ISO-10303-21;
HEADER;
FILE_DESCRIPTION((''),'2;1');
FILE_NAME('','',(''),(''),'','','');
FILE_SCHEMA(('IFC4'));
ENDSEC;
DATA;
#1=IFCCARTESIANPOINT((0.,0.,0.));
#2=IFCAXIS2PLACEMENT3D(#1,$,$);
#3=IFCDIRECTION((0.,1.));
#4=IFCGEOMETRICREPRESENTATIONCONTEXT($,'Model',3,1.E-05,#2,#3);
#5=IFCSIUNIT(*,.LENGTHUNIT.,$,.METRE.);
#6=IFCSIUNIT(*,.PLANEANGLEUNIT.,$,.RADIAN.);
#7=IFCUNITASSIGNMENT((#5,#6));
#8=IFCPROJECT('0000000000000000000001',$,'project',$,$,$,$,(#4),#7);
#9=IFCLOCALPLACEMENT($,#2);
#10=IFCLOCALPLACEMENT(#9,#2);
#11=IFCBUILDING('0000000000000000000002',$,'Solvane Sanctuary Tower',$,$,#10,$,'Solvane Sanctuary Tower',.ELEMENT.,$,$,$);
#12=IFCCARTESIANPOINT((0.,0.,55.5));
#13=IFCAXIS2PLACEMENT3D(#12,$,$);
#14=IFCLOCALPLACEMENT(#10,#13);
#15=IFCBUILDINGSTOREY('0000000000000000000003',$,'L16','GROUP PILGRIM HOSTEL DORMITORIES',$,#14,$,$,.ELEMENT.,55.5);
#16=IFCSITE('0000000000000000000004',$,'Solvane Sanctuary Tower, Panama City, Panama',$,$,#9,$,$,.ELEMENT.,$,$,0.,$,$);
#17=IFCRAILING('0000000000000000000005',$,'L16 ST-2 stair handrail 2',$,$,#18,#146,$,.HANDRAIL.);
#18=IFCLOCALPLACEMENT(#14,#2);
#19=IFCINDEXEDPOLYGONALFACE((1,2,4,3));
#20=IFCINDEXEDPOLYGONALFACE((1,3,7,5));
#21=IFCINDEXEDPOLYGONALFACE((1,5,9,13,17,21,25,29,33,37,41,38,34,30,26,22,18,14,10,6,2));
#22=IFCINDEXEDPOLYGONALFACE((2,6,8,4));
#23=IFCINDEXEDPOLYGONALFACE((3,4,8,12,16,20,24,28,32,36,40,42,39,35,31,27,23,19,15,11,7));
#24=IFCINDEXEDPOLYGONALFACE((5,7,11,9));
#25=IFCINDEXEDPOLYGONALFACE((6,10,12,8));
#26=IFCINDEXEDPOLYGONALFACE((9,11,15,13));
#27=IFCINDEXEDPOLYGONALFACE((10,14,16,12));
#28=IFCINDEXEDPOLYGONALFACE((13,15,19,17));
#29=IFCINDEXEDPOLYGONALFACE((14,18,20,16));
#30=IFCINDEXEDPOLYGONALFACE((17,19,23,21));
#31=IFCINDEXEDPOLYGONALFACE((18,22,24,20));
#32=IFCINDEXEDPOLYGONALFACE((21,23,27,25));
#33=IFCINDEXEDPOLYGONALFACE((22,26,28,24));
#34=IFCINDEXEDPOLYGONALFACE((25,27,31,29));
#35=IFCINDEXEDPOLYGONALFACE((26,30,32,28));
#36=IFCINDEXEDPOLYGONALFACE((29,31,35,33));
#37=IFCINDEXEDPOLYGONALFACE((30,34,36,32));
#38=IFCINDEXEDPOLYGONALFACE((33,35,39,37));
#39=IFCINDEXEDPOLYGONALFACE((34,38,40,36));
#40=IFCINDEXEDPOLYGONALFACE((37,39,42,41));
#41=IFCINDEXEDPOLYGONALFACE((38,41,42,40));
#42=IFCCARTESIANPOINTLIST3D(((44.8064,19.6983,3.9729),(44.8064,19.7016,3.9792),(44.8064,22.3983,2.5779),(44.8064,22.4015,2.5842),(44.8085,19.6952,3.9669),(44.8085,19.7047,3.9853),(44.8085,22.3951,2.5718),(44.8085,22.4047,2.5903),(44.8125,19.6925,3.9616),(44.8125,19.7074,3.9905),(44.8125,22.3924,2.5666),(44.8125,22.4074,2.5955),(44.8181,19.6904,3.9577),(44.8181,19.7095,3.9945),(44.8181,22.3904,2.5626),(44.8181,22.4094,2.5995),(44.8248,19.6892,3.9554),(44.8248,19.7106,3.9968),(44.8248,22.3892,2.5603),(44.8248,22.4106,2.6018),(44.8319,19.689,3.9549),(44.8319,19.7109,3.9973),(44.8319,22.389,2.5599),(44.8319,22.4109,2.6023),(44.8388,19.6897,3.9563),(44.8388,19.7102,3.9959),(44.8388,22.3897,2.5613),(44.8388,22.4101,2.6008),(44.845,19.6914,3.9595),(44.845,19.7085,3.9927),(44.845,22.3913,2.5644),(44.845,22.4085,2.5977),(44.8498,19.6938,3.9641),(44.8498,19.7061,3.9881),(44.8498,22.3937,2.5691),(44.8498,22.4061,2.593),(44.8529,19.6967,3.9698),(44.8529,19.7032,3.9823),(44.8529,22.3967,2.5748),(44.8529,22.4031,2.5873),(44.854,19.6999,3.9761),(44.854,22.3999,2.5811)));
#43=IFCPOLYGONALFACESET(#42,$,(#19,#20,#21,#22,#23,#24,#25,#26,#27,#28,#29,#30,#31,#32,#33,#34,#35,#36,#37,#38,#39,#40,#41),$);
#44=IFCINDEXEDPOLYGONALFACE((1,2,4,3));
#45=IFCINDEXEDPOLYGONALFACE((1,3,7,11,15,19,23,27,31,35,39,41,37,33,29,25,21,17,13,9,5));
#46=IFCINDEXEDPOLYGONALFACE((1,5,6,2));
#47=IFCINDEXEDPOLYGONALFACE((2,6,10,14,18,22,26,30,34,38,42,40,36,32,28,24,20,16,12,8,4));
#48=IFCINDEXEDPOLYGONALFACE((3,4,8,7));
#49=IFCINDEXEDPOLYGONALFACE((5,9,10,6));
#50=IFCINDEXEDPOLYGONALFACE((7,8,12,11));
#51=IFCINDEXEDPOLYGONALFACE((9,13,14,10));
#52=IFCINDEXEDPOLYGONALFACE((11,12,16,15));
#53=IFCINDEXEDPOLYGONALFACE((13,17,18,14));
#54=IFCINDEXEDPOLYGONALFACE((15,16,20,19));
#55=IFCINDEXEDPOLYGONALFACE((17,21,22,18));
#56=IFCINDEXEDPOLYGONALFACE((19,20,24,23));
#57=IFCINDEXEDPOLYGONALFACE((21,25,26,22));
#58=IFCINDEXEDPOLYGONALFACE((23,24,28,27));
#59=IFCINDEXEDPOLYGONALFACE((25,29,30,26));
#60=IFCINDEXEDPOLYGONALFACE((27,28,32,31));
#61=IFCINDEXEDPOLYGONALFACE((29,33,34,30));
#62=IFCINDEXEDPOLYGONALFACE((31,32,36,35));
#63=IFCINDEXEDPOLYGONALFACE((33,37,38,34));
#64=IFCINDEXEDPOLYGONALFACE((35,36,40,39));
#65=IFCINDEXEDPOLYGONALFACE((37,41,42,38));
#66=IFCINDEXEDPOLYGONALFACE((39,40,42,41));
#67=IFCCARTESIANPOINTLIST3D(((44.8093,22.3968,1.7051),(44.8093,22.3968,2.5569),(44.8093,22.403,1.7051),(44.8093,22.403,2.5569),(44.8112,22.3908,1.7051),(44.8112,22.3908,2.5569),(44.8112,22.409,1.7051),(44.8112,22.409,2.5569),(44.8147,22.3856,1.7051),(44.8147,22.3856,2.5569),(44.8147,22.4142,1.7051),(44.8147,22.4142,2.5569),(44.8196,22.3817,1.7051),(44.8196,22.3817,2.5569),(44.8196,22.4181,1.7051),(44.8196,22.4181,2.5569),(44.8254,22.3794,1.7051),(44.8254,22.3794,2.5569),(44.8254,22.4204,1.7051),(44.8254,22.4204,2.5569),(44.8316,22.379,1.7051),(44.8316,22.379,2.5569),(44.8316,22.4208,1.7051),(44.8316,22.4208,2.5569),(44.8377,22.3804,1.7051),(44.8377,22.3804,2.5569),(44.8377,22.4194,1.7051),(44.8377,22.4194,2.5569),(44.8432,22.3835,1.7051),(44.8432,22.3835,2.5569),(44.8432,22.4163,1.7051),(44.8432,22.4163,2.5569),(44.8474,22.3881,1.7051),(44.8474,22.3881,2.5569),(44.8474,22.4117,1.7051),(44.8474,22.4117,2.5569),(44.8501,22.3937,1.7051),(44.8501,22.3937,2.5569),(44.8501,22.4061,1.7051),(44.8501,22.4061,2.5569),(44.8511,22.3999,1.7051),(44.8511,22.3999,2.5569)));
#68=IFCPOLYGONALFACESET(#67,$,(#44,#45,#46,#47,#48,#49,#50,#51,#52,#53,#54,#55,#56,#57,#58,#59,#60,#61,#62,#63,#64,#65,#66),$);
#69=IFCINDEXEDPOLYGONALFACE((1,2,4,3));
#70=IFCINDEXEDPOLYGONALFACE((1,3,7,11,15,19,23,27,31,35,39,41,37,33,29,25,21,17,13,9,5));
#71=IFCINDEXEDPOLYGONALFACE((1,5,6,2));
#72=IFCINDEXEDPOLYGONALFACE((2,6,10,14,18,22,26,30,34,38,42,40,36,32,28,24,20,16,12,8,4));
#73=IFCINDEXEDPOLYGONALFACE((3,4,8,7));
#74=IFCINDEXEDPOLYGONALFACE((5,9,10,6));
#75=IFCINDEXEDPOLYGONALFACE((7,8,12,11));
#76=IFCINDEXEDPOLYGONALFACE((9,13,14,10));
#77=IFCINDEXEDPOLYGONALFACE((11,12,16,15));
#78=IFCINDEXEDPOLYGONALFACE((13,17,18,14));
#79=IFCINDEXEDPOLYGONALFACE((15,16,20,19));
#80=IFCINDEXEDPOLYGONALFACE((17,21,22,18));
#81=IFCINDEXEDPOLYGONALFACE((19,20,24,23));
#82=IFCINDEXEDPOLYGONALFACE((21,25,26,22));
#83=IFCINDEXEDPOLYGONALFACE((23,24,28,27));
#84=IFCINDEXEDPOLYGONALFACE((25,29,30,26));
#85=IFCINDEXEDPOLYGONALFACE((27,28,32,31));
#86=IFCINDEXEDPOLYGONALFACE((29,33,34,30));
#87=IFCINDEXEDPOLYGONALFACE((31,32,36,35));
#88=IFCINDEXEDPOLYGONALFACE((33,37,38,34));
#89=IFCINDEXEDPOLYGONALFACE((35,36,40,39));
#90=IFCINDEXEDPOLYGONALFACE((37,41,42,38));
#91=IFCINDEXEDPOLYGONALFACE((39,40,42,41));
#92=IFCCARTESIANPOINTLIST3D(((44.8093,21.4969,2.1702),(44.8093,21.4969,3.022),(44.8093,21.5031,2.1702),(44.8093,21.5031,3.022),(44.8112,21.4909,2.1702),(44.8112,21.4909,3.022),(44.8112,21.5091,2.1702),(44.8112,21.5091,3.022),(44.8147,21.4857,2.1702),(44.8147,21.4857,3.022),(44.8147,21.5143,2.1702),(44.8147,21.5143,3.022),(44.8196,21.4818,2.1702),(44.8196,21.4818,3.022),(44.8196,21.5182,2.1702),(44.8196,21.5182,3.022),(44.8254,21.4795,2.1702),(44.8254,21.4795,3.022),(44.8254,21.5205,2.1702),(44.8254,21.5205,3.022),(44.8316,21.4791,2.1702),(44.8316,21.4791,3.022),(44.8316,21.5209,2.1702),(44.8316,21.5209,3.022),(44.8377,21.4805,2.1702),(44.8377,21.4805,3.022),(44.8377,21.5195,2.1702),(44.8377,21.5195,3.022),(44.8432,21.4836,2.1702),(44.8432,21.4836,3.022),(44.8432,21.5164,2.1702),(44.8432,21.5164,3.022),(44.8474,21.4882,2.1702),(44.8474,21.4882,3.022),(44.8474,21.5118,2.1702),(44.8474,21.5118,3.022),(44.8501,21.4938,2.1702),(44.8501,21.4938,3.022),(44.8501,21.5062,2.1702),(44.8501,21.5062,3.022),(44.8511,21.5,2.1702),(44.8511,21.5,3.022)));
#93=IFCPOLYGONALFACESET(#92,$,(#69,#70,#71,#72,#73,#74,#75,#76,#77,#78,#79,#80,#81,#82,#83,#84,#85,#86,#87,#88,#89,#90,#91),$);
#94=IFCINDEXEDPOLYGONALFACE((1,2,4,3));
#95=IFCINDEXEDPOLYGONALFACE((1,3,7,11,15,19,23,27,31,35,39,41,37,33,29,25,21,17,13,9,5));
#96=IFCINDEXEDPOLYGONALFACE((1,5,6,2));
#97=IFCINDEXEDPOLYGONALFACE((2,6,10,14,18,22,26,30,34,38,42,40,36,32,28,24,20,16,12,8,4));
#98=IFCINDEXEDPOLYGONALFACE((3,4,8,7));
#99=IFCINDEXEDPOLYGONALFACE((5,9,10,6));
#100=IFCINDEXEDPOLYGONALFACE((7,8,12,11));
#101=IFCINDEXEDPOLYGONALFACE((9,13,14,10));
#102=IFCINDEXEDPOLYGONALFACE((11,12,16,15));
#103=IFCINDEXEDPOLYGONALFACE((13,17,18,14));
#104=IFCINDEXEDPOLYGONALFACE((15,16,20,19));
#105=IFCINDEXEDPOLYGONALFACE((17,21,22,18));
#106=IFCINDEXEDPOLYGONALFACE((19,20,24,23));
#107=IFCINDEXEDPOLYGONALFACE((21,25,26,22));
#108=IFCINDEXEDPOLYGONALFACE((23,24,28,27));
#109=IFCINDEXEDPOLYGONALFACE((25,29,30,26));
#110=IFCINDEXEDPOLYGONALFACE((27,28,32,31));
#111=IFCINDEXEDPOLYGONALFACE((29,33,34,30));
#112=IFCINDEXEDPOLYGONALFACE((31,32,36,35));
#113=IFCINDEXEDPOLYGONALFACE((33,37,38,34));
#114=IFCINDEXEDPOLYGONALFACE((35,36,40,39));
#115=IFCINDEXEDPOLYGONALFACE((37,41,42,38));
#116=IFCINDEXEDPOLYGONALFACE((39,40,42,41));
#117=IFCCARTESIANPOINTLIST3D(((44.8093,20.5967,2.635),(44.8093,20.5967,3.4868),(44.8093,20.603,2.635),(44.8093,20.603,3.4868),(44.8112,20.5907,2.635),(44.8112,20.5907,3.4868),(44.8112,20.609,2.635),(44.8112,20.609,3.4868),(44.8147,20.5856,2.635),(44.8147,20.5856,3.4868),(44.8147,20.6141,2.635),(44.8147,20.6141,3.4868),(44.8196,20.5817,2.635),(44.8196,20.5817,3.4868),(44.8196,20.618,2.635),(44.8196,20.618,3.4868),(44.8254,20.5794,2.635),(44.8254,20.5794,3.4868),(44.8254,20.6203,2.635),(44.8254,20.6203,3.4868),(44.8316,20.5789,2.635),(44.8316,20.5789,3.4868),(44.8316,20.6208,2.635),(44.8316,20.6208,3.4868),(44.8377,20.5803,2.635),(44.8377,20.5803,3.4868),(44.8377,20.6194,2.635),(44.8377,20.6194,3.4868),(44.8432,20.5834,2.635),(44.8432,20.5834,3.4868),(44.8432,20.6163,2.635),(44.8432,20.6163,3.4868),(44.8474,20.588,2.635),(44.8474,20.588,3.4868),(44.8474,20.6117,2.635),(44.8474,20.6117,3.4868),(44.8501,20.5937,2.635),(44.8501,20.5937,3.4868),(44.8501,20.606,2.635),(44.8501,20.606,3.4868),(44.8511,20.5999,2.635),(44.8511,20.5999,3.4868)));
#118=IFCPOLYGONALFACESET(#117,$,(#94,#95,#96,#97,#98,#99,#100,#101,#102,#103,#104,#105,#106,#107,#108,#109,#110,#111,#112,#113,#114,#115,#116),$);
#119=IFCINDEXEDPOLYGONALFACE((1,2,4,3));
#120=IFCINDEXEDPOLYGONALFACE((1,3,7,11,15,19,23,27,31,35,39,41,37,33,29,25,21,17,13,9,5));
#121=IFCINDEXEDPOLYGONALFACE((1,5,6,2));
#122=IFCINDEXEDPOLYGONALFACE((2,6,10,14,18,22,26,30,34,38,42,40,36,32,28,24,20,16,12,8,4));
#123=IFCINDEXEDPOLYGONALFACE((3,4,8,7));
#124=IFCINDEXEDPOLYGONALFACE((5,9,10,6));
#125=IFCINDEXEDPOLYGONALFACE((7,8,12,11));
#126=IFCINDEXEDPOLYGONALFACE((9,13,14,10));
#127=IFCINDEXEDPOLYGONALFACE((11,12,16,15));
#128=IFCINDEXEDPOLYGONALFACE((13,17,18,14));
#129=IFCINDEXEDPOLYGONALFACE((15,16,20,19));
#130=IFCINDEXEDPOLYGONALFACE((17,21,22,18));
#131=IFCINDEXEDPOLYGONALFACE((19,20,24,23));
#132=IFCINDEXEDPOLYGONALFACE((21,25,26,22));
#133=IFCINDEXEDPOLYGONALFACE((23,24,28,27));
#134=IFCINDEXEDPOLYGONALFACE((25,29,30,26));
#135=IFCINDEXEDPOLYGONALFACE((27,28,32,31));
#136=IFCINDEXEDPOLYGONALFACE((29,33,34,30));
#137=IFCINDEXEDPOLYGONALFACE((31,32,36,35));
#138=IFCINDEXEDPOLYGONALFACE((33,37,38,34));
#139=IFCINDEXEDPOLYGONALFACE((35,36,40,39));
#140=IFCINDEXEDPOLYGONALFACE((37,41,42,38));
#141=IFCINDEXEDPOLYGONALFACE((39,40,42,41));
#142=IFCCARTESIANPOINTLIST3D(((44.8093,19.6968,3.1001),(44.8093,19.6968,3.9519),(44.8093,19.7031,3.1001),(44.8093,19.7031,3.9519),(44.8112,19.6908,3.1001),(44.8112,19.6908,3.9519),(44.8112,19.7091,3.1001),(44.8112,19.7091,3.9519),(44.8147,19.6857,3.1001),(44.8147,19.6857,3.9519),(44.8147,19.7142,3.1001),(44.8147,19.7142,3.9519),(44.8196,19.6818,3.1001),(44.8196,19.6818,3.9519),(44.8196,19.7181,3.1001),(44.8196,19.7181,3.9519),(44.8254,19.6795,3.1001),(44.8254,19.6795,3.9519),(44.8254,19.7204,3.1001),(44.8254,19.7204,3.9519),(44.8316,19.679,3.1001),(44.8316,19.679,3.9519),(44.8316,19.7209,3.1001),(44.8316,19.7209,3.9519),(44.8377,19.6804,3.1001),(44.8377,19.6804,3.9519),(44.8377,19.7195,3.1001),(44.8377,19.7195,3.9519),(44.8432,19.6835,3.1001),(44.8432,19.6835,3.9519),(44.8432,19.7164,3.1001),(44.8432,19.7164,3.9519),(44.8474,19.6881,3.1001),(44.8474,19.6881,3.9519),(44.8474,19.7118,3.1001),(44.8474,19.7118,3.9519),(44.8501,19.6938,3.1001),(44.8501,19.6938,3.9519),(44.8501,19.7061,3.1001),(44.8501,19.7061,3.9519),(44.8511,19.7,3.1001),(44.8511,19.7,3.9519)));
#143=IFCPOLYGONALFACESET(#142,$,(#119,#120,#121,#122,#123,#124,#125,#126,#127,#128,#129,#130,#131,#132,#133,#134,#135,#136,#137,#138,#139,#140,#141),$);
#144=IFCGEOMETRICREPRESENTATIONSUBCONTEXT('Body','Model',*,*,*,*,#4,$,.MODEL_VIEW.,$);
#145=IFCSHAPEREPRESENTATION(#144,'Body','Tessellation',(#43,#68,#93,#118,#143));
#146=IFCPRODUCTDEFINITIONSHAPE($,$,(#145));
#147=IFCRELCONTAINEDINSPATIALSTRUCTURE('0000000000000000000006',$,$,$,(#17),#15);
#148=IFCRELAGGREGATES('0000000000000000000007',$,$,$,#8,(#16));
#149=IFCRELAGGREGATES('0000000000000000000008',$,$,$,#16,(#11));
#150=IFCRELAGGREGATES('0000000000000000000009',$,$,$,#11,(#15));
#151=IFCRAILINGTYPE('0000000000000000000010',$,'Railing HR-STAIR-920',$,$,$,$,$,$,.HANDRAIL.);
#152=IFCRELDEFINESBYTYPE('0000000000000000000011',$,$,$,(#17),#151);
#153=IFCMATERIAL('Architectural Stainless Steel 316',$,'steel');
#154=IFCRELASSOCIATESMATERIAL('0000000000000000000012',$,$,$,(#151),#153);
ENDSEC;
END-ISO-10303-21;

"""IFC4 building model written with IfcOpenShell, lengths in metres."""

from ifc_helpers import new_model, si_unit, direction, frame, origin, origin_2d, place, context, subcontext, project, spatial, circle, extrude, material, type_object, element, save


model = new_model("IFC4")

# Units and contexts
model_context = context("Model", 3, precision=1e-05, world=origin(), true_north=direction((0.0, 1.0)))
body_context = subcontext(model_context, "Body", "Model", "MODEL_VIEW")
ifc_project = project(units=[si_unit("LENGTHUNIT", "METRE"), si_unit("PLANEANGLEUNIT", "RADIAN")], contexts=[model_context])

# Site, building, storey
site_placement = place(None, origin())
site = spatial("IfcSite", under=ifc_project, at=site_placement, Name="Solvane Sanctuary Tower, Panama City, Panama", CompositionType="ELEMENT", RefElevation=0.0)
building_placement = place(site_placement, origin())
building = spatial("IfcBuilding", under=site, at=building_placement, Name="Solvane Sanctuary Tower", LongName="Solvane Sanctuary Tower", CompositionType="ELEMENT")
storey_placement = place(building_placement, frame((0.0, 0.0, 55.5)))
storey = spatial("IfcBuildingStorey", under=building, at=storey_placement, Name="L16", Description="GROUP PILGRIM HOSTEL DORMITORIES", CompositionType="ELEMENT", Elevation=55.5)

# Shared definitions
ifc_material_1 = material(Name="Architectural Stainless Steel 316", Category="steel")

# Railing
railing_type_1 = type_object("IfcRailingType", Name="Railing HR-STAIR-920", PredefinedType="HANDRAIL", material=ifc_material_1)
railing_1_placement = place(storey_placement, frame((44.8301, 22.3999, 1.7051)))
element("IfcRailing", 1, at=railing_1_placement, inside=storey, type_object=railing_type_1, Name="L16 ST-2 stair handrail 2", PredefinedType="HANDRAIL", context=body_context, shape_type="SweptSolid", body=[
    extrude(circle(Radius=0.0239, at=origin_2d()), frame((0.0, 0.0, 0.876), z_axis=(0.0, -0.88842, 0.459032), x_axis=(1.0, 0.0, 0.0)), (0.0, 0.0, 1.0), 3.0391),
    extrude(circle(Radius=0.021, at=origin_2d()), origin(), (0.0, 0.0, 1.0), 0.8518),
    extrude(circle(Radius=0.021, at=origin_2d()), frame((0.0, -0.8999, 0.4651)), (0.0, 0.0, 1.0), 0.8518),
    extrude(circle(Radius=0.021, at=origin_2d()), frame((0.0, -1.8, 0.9299)), (0.0, 0.0, 1.0), 0.8518),
    extrude(circle(Radius=0.021, at=origin_2d()), frame((0.0, -2.7, 1.395)), (0.0, 0.0, 1.0), 0.8518),
])

save(model, "model.ifc")
